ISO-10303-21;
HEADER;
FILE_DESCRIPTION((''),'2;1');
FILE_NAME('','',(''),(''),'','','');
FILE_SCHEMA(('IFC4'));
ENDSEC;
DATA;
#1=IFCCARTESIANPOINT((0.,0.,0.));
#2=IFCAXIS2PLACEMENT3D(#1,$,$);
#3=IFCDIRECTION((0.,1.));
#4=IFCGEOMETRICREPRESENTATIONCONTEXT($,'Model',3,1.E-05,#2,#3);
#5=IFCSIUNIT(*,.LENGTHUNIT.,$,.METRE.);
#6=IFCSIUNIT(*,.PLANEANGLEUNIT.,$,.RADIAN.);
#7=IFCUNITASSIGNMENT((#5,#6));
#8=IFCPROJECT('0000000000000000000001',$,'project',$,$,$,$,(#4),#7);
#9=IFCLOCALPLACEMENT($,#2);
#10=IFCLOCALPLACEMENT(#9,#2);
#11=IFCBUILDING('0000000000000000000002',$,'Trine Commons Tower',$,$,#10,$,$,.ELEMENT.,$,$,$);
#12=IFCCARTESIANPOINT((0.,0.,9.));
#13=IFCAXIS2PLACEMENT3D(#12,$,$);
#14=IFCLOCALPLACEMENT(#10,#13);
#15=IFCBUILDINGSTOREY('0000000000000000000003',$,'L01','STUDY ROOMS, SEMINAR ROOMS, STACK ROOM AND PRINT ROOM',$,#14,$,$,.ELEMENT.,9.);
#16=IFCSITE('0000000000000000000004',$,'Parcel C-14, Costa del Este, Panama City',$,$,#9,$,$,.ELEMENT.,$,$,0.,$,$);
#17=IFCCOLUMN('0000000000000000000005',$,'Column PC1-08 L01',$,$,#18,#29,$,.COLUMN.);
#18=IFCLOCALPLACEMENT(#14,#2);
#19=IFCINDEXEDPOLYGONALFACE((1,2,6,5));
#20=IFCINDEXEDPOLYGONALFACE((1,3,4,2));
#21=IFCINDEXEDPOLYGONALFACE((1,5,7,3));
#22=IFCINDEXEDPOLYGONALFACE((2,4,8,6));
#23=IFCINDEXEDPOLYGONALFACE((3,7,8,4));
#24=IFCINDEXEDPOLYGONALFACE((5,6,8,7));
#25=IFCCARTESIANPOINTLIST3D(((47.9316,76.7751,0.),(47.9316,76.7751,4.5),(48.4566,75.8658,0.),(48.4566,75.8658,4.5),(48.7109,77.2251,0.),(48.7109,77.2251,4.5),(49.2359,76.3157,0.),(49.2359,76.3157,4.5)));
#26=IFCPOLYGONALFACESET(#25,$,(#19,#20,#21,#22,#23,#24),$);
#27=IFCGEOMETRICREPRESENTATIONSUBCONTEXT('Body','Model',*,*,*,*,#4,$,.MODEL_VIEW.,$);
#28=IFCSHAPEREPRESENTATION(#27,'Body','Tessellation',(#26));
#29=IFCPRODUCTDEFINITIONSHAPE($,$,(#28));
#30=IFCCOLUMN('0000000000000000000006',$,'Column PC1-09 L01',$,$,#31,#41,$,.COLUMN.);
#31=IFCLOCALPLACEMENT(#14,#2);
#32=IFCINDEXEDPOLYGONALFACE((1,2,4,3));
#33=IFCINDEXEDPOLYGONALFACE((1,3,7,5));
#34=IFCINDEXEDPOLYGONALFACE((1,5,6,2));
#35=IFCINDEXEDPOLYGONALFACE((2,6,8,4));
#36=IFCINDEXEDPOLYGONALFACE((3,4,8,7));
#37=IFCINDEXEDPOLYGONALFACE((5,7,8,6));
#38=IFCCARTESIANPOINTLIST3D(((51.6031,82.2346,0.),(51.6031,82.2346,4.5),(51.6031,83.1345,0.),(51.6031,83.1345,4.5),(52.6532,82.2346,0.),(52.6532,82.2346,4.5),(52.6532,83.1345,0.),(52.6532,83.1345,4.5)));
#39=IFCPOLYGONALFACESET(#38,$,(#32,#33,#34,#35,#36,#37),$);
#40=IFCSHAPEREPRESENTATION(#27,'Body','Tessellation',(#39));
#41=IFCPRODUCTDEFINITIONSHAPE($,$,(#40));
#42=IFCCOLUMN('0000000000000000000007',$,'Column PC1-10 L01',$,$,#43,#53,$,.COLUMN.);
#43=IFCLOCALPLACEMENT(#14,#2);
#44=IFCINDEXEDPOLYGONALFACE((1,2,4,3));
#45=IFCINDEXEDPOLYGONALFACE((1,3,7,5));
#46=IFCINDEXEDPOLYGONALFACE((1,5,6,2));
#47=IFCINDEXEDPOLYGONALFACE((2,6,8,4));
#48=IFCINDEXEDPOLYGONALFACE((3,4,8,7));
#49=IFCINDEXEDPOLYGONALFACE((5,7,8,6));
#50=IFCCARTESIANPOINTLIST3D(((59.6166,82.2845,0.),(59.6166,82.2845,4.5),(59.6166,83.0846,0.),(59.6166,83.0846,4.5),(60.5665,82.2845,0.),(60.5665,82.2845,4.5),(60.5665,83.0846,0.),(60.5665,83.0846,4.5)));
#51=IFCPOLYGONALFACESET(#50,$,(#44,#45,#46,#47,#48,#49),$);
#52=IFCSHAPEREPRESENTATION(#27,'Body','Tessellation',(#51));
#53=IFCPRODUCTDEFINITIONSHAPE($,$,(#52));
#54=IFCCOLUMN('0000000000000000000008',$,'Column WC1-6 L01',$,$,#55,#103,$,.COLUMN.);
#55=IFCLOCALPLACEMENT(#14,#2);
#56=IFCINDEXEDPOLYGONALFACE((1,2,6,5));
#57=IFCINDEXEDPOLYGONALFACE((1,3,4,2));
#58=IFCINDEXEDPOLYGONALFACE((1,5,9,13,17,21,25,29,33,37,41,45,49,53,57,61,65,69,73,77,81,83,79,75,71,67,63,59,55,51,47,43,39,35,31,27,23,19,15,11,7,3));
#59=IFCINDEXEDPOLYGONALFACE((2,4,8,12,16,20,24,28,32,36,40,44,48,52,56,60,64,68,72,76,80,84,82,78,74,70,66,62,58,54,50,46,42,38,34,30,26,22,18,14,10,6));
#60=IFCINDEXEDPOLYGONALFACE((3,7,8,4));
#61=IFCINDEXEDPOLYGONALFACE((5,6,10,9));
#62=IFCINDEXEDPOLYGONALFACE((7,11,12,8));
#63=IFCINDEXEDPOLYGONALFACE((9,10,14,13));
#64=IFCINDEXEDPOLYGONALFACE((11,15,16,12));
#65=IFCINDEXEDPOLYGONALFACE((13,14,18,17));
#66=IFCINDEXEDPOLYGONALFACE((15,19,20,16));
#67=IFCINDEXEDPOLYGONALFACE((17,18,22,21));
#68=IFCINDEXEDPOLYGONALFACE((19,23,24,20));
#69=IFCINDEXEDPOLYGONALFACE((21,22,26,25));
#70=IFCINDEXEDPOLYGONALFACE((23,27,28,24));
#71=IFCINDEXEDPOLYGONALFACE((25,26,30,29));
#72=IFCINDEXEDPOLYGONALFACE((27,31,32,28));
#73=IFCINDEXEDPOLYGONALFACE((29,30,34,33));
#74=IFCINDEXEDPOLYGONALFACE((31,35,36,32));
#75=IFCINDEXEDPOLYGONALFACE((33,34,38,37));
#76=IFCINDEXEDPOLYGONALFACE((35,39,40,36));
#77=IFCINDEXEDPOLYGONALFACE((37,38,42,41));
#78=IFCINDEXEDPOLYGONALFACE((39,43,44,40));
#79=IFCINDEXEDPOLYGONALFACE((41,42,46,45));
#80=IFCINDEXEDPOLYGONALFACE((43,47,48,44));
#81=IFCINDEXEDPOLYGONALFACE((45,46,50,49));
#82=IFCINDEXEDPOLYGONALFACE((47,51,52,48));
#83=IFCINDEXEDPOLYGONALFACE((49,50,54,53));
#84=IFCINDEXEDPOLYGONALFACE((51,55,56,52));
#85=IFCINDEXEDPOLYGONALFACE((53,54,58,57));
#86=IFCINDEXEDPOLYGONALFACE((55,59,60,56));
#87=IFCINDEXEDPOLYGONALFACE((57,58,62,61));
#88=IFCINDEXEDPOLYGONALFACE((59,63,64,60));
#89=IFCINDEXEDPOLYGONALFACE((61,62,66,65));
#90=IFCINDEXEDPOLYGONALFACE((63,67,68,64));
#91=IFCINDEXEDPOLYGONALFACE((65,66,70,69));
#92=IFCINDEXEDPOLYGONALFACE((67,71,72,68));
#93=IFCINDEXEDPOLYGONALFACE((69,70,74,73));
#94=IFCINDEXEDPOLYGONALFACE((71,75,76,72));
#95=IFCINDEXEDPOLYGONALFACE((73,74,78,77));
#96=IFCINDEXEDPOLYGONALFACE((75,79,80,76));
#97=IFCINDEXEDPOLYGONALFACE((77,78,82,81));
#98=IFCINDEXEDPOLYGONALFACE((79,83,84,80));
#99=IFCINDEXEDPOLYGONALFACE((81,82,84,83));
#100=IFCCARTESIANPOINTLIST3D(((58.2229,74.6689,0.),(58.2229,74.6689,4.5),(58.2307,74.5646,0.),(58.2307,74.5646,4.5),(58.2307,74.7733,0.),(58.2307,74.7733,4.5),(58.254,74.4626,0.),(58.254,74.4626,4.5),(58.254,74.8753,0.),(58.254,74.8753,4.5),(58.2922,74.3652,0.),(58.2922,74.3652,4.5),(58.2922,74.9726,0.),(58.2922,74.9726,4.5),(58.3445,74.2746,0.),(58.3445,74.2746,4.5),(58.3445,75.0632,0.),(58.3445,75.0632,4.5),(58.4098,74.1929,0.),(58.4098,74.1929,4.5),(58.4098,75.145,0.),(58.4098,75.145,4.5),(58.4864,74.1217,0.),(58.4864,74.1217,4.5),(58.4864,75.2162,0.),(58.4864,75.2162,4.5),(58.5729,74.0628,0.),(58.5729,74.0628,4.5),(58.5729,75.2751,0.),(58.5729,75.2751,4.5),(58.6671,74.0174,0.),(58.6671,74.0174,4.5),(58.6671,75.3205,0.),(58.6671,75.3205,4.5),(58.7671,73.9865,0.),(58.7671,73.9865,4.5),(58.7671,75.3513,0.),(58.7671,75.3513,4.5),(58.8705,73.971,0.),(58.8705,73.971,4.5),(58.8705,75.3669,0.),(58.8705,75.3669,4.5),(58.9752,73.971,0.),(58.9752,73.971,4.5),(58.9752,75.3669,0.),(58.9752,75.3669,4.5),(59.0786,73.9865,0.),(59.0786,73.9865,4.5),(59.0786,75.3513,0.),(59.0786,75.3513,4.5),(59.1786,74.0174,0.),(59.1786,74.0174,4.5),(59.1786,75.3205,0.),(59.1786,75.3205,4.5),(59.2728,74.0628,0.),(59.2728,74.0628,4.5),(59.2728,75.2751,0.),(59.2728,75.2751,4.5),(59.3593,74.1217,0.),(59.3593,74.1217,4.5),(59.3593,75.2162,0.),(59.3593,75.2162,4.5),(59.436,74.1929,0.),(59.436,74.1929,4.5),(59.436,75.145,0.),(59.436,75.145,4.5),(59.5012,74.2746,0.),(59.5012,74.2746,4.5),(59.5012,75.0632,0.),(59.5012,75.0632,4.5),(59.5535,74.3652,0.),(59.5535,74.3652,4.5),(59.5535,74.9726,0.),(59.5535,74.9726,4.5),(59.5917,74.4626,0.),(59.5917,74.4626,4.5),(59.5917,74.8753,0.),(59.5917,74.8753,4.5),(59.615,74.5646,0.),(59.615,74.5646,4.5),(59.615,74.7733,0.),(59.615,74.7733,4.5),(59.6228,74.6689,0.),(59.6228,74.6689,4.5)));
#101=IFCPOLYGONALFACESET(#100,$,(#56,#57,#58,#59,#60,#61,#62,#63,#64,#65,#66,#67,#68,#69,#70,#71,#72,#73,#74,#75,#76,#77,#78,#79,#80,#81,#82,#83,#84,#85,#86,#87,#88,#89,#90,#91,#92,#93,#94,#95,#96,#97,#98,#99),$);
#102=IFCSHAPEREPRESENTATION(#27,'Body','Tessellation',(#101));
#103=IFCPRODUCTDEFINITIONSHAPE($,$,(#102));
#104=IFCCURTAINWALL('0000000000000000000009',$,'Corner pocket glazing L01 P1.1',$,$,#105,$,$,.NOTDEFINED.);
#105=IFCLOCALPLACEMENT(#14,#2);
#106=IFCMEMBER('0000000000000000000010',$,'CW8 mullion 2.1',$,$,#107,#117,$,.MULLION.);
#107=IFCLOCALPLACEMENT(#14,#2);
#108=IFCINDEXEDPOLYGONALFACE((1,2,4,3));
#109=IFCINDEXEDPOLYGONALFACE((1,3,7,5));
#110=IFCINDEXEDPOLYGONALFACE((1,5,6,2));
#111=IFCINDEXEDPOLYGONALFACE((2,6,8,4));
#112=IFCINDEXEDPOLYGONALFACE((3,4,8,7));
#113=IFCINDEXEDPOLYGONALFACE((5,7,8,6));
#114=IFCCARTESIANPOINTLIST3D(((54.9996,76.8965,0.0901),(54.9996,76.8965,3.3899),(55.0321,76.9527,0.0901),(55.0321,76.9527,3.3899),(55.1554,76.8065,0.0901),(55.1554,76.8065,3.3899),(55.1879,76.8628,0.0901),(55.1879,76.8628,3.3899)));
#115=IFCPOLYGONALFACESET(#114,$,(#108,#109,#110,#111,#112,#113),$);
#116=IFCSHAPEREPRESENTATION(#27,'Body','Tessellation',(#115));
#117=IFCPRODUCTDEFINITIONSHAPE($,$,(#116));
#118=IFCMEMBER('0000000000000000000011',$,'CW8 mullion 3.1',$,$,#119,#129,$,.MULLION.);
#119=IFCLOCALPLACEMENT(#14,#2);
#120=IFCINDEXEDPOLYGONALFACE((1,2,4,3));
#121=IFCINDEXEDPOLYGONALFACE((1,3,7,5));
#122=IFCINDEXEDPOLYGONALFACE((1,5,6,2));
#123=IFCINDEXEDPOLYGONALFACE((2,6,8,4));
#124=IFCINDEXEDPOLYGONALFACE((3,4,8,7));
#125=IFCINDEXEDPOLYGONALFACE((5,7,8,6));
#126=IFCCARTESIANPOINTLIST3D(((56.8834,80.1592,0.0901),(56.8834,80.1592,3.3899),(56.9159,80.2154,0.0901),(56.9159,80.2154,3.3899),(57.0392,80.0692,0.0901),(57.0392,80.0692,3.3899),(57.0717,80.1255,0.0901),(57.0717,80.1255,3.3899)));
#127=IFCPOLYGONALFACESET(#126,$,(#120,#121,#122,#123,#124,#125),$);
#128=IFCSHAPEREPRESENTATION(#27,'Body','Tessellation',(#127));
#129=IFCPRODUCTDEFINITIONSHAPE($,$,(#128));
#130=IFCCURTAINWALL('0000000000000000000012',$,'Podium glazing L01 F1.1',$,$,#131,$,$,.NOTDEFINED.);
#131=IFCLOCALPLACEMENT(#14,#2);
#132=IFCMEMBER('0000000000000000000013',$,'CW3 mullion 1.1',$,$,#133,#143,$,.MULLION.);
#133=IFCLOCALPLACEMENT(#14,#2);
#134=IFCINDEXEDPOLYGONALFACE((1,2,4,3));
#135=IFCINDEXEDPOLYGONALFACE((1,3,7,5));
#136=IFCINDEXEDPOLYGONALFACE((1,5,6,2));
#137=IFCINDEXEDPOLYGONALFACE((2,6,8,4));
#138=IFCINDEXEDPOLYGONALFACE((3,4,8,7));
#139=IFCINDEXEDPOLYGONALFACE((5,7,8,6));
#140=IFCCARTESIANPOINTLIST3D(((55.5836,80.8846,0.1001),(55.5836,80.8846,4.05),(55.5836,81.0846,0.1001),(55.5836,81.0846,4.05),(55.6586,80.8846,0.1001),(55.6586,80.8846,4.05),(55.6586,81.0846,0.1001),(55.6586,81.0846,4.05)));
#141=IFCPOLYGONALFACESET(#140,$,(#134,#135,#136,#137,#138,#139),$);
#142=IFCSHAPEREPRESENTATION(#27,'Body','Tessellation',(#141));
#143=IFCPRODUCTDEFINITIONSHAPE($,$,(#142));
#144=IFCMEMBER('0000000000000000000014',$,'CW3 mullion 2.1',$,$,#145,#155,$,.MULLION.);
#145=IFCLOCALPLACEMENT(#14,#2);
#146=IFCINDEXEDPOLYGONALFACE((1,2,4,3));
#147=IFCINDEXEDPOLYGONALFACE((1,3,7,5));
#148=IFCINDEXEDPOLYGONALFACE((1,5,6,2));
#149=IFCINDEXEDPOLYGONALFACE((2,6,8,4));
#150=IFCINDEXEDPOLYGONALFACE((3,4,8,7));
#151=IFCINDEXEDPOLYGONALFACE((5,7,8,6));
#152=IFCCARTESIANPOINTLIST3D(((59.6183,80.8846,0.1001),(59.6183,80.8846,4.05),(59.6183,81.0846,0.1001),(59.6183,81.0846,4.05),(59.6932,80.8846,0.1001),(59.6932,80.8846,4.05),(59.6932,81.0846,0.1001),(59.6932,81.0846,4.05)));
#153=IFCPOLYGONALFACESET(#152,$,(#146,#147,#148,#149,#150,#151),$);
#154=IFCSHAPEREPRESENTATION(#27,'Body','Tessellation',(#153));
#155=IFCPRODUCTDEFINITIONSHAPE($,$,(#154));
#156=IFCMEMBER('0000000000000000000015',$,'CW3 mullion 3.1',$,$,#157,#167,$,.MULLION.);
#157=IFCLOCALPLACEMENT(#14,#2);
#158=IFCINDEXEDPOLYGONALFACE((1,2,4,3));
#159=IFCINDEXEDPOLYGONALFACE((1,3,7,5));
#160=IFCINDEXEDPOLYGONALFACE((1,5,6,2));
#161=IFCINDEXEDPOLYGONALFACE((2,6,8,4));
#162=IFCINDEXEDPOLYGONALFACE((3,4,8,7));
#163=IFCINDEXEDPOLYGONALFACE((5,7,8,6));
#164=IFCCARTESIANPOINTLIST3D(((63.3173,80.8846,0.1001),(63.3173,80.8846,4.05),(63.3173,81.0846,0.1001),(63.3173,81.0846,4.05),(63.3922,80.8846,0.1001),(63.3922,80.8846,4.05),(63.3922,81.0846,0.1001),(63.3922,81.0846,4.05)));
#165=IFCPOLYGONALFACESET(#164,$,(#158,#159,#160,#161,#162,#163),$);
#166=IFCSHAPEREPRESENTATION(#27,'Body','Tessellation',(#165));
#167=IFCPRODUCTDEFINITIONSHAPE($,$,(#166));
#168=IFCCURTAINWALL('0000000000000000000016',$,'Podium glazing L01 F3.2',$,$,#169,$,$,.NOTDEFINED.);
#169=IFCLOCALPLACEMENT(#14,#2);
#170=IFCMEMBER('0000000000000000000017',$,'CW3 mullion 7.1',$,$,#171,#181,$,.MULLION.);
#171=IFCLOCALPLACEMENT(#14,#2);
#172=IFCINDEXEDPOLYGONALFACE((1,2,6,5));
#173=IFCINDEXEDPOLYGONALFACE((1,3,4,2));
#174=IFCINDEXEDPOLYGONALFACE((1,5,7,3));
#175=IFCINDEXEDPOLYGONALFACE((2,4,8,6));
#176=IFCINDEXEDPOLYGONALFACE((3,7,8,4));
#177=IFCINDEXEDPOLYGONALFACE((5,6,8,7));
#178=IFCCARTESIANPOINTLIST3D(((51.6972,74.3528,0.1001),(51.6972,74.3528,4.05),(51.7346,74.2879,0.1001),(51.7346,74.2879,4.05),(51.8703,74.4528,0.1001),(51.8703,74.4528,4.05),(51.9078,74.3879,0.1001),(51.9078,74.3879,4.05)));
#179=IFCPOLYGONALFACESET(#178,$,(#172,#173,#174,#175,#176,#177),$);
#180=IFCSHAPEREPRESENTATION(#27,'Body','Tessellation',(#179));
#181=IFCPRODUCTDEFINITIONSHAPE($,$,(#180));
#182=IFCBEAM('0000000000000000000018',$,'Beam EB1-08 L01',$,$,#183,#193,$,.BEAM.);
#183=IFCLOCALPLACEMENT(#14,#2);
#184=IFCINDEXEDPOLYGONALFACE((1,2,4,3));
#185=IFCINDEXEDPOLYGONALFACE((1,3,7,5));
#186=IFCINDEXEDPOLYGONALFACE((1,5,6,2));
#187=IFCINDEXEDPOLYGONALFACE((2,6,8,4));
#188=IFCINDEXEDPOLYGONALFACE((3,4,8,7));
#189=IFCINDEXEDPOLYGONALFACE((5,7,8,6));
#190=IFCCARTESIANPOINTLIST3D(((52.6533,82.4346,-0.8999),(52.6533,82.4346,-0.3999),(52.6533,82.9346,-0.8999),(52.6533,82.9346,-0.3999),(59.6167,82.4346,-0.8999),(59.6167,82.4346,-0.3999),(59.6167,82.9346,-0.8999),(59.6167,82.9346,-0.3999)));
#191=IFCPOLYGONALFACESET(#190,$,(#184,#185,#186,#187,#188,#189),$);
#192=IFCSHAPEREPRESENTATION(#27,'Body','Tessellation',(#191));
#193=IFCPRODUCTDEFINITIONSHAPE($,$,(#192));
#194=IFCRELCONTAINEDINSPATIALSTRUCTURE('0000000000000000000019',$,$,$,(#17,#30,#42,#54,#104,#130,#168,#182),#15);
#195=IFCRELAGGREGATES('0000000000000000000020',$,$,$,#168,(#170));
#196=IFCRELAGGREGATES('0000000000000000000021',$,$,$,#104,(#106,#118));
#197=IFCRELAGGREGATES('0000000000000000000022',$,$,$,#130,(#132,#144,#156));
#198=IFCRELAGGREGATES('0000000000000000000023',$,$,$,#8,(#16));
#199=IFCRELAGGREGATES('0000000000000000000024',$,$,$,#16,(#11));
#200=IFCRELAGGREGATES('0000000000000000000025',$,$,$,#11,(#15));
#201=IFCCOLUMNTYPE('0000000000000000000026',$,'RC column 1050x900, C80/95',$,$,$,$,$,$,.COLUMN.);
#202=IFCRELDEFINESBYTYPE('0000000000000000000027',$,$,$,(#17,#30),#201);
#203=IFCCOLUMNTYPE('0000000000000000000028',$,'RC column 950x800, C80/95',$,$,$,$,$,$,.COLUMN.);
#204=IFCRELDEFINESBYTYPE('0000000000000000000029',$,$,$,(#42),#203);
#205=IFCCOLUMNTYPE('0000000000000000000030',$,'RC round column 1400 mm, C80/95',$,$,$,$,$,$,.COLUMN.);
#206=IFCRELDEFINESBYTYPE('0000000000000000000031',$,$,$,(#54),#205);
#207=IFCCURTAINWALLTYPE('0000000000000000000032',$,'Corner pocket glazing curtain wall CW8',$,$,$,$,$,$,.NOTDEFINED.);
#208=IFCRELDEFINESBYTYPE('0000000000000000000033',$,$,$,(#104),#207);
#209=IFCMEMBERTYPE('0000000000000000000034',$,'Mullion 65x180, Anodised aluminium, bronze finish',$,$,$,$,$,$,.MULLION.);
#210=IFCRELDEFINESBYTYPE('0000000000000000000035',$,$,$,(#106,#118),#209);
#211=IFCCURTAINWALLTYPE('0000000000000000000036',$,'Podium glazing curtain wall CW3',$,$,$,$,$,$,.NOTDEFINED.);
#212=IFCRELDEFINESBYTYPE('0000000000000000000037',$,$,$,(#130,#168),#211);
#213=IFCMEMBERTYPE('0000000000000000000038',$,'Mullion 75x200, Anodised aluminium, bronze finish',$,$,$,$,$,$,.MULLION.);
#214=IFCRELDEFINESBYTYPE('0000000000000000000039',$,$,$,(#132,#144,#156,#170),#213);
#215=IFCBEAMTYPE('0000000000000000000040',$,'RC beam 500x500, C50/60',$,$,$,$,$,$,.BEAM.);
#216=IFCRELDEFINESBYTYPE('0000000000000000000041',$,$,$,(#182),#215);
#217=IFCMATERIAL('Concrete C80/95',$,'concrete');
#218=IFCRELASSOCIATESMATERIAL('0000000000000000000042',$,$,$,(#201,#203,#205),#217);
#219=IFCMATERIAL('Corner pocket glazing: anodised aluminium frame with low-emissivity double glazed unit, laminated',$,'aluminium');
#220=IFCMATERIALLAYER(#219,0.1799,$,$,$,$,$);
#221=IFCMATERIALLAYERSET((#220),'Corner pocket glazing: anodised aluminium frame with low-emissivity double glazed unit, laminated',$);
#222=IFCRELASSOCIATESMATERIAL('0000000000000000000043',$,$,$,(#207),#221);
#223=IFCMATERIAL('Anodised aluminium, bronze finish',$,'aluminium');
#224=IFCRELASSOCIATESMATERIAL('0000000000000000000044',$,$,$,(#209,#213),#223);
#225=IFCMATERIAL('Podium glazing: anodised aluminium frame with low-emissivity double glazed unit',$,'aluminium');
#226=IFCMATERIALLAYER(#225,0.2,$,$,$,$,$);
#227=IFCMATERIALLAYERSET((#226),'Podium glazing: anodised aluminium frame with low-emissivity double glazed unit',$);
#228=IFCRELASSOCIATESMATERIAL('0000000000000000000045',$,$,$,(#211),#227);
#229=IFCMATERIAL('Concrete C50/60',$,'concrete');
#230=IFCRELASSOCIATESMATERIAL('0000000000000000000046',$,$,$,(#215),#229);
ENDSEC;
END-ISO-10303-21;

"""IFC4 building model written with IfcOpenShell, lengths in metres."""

from ifc_helpers import new_model, si_unit, direction, frame, origin, origin_2d, place, context, subcontext, project, spatial, rectangle, circle, extrude, material, layer, layer_set, material_profile, profile_set, type_object, element, aggregate, save


model = new_model("IFC4")

# Units and contexts
model_context = context("Model", 3, precision=1e-05, world=origin(), true_north=direction((0.0, 1.0)))
body_context = subcontext(model_context, "Body", "Model", "MODEL_VIEW")
ifc_project = project(units=[si_unit("LENGTHUNIT", "METRE"), si_unit("PLANEANGLEUNIT", "RADIAN")], contexts=[model_context])

# Site, building, storey
site_placement = place(None, origin())
site = spatial("IfcSite", under=ifc_project, at=site_placement, Name="Parcel C-14, Costa del Este, Panama City", CompositionType="ELEMENT", RefElevation=0.0)
building_placement = place(site_placement, origin())
building = spatial("IfcBuilding", under=site, at=building_placement, Name="Trine Commons Tower", CompositionType="ELEMENT")
storey_placement = place(building_placement, frame((0.0, 0.0, 9.0)))
storey = spatial("IfcBuildingStorey", under=building, at=storey_placement, Name="L01", Description="STUDY ROOMS, SEMINAR ROOMS, STACK ROOM AND PRINT ROOM", CompositionType="ELEMENT", Elevation=9.0)

# Columns
ifc_material_1 = material(Name="Concrete C80/95", Category="concrete")
ifc_material_profile_1 = material_profile(ifc_material_1, rectangle(XDim=1.05, YDim=0.8999, at=origin_2d()), Name="RC 1050x900")
ifc_profile_set_1 = profile_set([ifc_material_profile_1], Name="Concrete C80/95")
column_type_1 = type_object("IfcColumnType", Name="RC column 1050x900, C80/95", PredefinedType="COLUMN", material=ifc_profile_set_1)
for number, where, z_axis, x_axis, name in (
    (1, (48.5837, 76.5454, 0.0), (0.0, 0.0, 1.0), (-0.5, 0.866025, 0.0), "Column PC1-08 L01"),
    (2, (52.1282, 82.6846, 0.0), (0.0, 0.0, 1.0), (1.0, 0.0, 0.0), "Column PC1-09 L01"),
):
    element("IfcColumn", number, at=place(storey_placement, frame(where, z_axis=z_axis, x_axis=x_axis)), inside=storey, type_object=column_type_1, Name=name, PredefinedType="COLUMN", context=body_context, shape_type="SweptSolid", body=[
        extrude(rectangle(XDim=1.05, YDim=0.8999, at=origin_2d()), origin(), (0.0, 0.0, 1.0), 4.5),
    ])
ifc_material_profile_2 = material_profile(ifc_material_1, rectangle(XDim=0.95, YDim=0.8, at=origin_2d()), Name="RC 950x800")
ifc_profile_set_2 = profile_set([ifc_material_profile_2], Name="Concrete C80/95")
column_type_2 = type_object("IfcColumnType", Name="RC column 950x800, C80/95", PredefinedType="COLUMN", material=ifc_profile_set_2)
column_1_placement = place(storey_placement, frame((60.0916, 82.6846, 0.0), z_axis=(0.0, 0.0, 1.0), x_axis=(1.0, 0.0, 0.0)))
element("IfcColumn", 3, at=column_1_placement, inside=storey, type_object=column_type_2, Name="Column PC1-10 L01", PredefinedType="COLUMN", context=body_context, shape_type="SweptSolid", body=[
    extrude(rectangle(XDim=0.95, YDim=0.8, at=origin_2d()), origin(), (0.0, 0.0, 1.0), 4.5),
])
ifc_material_profile_3 = material_profile(ifc_material_1, circle(Radius=0.7, at=origin_2d()), Name="RC round 1400")
ifc_profile_set_3 = profile_set([ifc_material_profile_3], Name="Concrete C80/95")
column_type_3 = type_object("IfcColumnType", Name="RC round column 1400 mm, C80/95", PredefinedType="COLUMN", material=ifc_profile_set_3)
column_2_placement = place(storey_placement, frame((58.9229, 74.6689, 0.0), z_axis=(0.0, 0.0, 1.0), x_axis=(1.0, 0.0, 0.0)))
element("IfcColumn", 4, at=column_2_placement, inside=storey, type_object=column_type_3, Name="Column WC1-6 L01", PredefinedType="COLUMN", context=body_context, shape_type="SweptSolid", body=[
    extrude(circle(Radius=0.7, at=origin_2d()), origin(), (0.0, 0.0, 1.0), 4.5),
])

# Curtain walls, members
ifc_material_2 = material(Name="Corner pocket glazing: anodised aluminium frame with low-emissivity double glazed unit, laminated", Category="aluminium")
ifc_layer_1 = layer(ifc_material_2, 0.1799)
ifc_layer_set_1 = layer_set([ifc_layer_1], Name="Corner pocket glazing: anodised aluminium frame with low-emissivity double glazed unit, laminated")
curtain_wall_type_1 = type_object("IfcCurtainWallType", Name="Corner pocket glazing curtain wall CW8", PredefinedType="NOTDEFINED", material=ifc_layer_set_1)
curtain_wall_1_placement = place(storey_placement, origin())
curtain_wall_1 = element("IfcCurtainWall", 5, at=curtain_wall_1_placement, inside=storey, type_object=curtain_wall_type_1, Name="Corner pocket glazing L01 P1.1", PredefinedType="NOTDEFINED")
ifc_material_3 = material(Name="Anodised aluminium, bronze finish", Category="aluminium")
ifc_material_profile_4 = material_profile(ifc_material_3, rectangle(XDim=0.1799, YDim=0.0649, at=origin_2d()), Name="Mullion 65x180")
ifc_profile_set_4 = profile_set([ifc_material_profile_4], Name="Anodised aluminium, bronze finish")
member_type_1 = type_object("IfcMemberType", Name="Mullion 65x180, Anodised aluminium, bronze finish", PredefinedType="MULLION", material=ifc_profile_set_4)
member_1_placement = place(storey_placement, frame((55.0938, 76.8796, 0.0901), z_axis=(0.0, 0.0, 1.0), x_axis=(-0.866025, 0.5, 0.0)))
member_1 = element("IfcMember", 6, at=member_1_placement, type_object=member_type_1, Name="CW8 mullion 2.1", PredefinedType="MULLION", context=body_context, shape_type="SweptSolid", body=[
    extrude(rectangle(XDim=0.1799, YDim=0.0649, at=origin_2d()), origin(), (0.0, 0.0, 1.0), 3.2998),
])
member_2_placement = place(storey_placement, frame((56.9775, 80.1423, 0.0901), z_axis=(0.0, 0.0, 1.0), x_axis=(-0.866025, 0.5, 0.0)))
member_2 = element("IfcMember", 7, at=member_2_placement, type_object=member_type_1, Name="CW8 mullion 3.1", PredefinedType="MULLION", context=body_context, shape_type="SweptSolid", body=[
    extrude(rectangle(XDim=0.1799, YDim=0.0649, at=origin_2d()), origin(), (0.0, 0.0, 1.0), 3.2998),
])
ifc_material_4 = material(Name="Podium glazing: anodised aluminium frame with low-emissivity double glazed unit", Category="aluminium")
ifc_layer_2 = layer(ifc_material_4, 0.2)
ifc_layer_set_2 = layer_set([ifc_layer_2], Name="Podium glazing: anodised aluminium frame with low-emissivity double glazed unit")
curtain_wall_type_2 = type_object("IfcCurtainWallType", Name="Podium glazing curtain wall CW3", PredefinedType="NOTDEFINED", material=ifc_layer_set_2)
curtain_wall_2_placement = place(storey_placement, origin())
curtain_wall_2 = element("IfcCurtainWall", 8, at=curtain_wall_2_placement, inside=storey, type_object=curtain_wall_type_2, Name="Podium glazing L01 F1.1", PredefinedType="NOTDEFINED")
ifc_material_profile_5 = material_profile(ifc_material_3, rectangle(XDim=0.2, YDim=0.075, at=origin_2d()), Name="Mullion 75x200")
ifc_profile_set_5 = profile_set([ifc_material_profile_5], Name="Anodised aluminium, bronze finish")
member_type_2 = type_object("IfcMemberType", Name="Mullion 75x200, Anodised aluminium, bronze finish", PredefinedType="MULLION", material=ifc_profile_set_5)
member_3_placement = place(storey_placement, frame((55.6211, 80.9846, 0.1001), z_axis=(0.0, 0.0, 1.0), x_axis=(0.0, 1.0, 0.0)))
member_3 = element("IfcMember", 9, at=member_3_placement, type_object=member_type_2, Name="CW3 mullion 1.1", PredefinedType="MULLION", context=body_context, shape_type="SweptSolid", body=[
    extrude(rectangle(XDim=0.2, YDim=0.075, at=origin_2d()), origin(), (0.0, 0.0, 1.0), 3.95),
])
member_4_placement = place(storey_placement, frame((59.6558, 80.9846, 0.1001), z_axis=(0.0, 0.0, 1.0), x_axis=(0.0, 1.0, 0.0)))
member_4 = element("IfcMember", 10, at=member_4_placement, type_object=member_type_2, Name="CW3 mullion 2.1", PredefinedType="MULLION", context=body_context, shape_type="SweptSolid", body=[
    extrude(rectangle(XDim=0.2, YDim=0.075, at=origin_2d()), origin(), (0.0, 0.0, 1.0), 3.95),
])
member_5_placement = place(storey_placement, frame((63.3547, 80.9846, 0.1001), z_axis=(0.0, 0.0, 1.0), x_axis=(0.0, 1.0, 0.0)))
member_5 = element("IfcMember", 11, at=member_5_placement, type_object=member_type_2, Name="CW3 mullion 3.1", PredefinedType="MULLION", context=body_context, shape_type="SweptSolid", body=[
    extrude(rectangle(XDim=0.2, YDim=0.075, at=origin_2d()), origin(), (0.0, 0.0, 1.0), 3.95),
])

# Curtain wall, member
curtain_wall_3_placement = place(storey_placement, origin())
curtain_wall_3 = element("IfcCurtainWall", 12, at=curtain_wall_3_placement, inside=storey, type_object=curtain_wall_type_2, Name="Podium glazing L01 F3.2", PredefinedType="NOTDEFINED")
member_6_placement = place(storey_placement, frame((51.8025, 74.3704, 0.1001), z_axis=(0.0, 0.0, 1.0), x_axis=(-0.866025, -0.5, 0.0)))
member_6 = element("IfcMember", 13, at=member_6_placement, type_object=member_type_2, Name="CW3 mullion 7.1", PredefinedType="MULLION", context=body_context, shape_type="SweptSolid", body=[
    extrude(rectangle(XDim=0.2, YDim=0.075, at=origin_2d()), origin(), (0.0, 0.0, 1.0), 3.95),
])
aggregate(curtain_wall_3, [member_6])

# Beam
ifc_material_5 = material(Name="Concrete C50/60", Category="concrete")
ifc_material_profile_6 = material_profile(ifc_material_5, rectangle(XDim=0.5, YDim=0.5, at=origin_2d()), Name="RC 500x500")
ifc_profile_set_6 = profile_set([ifc_material_profile_6], Name="Concrete C50/60")
beam_type_1 = type_object("IfcBeamType", Name="RC beam 500x500, C50/60", PredefinedType="BEAM", material=ifc_profile_set_6)
beam_1_placement = place(storey_placement, frame((52.6533, 82.6846, -0.6499), z_axis=(1.0, 0.0, 0.0), x_axis=(0.0, 1.0, 0.0)))
element("IfcBeam", 14, at=beam_1_placement, inside=storey, type_object=beam_type_1, Name="Beam EB1-08 L01", PredefinedType="BEAM", context=body_context, shape_type="SweptSolid", body=[
    extrude(rectangle(XDim=0.5, YDim=0.5, at=origin_2d()), origin(), (0.0, 0.0, 1.0), 6.9634),
])

aggregate(curtain_wall_1, [member_1, member_2])
aggregate(curtain_wall_2, [member_3, member_4, member_5])

save(model, "model.ifc")
